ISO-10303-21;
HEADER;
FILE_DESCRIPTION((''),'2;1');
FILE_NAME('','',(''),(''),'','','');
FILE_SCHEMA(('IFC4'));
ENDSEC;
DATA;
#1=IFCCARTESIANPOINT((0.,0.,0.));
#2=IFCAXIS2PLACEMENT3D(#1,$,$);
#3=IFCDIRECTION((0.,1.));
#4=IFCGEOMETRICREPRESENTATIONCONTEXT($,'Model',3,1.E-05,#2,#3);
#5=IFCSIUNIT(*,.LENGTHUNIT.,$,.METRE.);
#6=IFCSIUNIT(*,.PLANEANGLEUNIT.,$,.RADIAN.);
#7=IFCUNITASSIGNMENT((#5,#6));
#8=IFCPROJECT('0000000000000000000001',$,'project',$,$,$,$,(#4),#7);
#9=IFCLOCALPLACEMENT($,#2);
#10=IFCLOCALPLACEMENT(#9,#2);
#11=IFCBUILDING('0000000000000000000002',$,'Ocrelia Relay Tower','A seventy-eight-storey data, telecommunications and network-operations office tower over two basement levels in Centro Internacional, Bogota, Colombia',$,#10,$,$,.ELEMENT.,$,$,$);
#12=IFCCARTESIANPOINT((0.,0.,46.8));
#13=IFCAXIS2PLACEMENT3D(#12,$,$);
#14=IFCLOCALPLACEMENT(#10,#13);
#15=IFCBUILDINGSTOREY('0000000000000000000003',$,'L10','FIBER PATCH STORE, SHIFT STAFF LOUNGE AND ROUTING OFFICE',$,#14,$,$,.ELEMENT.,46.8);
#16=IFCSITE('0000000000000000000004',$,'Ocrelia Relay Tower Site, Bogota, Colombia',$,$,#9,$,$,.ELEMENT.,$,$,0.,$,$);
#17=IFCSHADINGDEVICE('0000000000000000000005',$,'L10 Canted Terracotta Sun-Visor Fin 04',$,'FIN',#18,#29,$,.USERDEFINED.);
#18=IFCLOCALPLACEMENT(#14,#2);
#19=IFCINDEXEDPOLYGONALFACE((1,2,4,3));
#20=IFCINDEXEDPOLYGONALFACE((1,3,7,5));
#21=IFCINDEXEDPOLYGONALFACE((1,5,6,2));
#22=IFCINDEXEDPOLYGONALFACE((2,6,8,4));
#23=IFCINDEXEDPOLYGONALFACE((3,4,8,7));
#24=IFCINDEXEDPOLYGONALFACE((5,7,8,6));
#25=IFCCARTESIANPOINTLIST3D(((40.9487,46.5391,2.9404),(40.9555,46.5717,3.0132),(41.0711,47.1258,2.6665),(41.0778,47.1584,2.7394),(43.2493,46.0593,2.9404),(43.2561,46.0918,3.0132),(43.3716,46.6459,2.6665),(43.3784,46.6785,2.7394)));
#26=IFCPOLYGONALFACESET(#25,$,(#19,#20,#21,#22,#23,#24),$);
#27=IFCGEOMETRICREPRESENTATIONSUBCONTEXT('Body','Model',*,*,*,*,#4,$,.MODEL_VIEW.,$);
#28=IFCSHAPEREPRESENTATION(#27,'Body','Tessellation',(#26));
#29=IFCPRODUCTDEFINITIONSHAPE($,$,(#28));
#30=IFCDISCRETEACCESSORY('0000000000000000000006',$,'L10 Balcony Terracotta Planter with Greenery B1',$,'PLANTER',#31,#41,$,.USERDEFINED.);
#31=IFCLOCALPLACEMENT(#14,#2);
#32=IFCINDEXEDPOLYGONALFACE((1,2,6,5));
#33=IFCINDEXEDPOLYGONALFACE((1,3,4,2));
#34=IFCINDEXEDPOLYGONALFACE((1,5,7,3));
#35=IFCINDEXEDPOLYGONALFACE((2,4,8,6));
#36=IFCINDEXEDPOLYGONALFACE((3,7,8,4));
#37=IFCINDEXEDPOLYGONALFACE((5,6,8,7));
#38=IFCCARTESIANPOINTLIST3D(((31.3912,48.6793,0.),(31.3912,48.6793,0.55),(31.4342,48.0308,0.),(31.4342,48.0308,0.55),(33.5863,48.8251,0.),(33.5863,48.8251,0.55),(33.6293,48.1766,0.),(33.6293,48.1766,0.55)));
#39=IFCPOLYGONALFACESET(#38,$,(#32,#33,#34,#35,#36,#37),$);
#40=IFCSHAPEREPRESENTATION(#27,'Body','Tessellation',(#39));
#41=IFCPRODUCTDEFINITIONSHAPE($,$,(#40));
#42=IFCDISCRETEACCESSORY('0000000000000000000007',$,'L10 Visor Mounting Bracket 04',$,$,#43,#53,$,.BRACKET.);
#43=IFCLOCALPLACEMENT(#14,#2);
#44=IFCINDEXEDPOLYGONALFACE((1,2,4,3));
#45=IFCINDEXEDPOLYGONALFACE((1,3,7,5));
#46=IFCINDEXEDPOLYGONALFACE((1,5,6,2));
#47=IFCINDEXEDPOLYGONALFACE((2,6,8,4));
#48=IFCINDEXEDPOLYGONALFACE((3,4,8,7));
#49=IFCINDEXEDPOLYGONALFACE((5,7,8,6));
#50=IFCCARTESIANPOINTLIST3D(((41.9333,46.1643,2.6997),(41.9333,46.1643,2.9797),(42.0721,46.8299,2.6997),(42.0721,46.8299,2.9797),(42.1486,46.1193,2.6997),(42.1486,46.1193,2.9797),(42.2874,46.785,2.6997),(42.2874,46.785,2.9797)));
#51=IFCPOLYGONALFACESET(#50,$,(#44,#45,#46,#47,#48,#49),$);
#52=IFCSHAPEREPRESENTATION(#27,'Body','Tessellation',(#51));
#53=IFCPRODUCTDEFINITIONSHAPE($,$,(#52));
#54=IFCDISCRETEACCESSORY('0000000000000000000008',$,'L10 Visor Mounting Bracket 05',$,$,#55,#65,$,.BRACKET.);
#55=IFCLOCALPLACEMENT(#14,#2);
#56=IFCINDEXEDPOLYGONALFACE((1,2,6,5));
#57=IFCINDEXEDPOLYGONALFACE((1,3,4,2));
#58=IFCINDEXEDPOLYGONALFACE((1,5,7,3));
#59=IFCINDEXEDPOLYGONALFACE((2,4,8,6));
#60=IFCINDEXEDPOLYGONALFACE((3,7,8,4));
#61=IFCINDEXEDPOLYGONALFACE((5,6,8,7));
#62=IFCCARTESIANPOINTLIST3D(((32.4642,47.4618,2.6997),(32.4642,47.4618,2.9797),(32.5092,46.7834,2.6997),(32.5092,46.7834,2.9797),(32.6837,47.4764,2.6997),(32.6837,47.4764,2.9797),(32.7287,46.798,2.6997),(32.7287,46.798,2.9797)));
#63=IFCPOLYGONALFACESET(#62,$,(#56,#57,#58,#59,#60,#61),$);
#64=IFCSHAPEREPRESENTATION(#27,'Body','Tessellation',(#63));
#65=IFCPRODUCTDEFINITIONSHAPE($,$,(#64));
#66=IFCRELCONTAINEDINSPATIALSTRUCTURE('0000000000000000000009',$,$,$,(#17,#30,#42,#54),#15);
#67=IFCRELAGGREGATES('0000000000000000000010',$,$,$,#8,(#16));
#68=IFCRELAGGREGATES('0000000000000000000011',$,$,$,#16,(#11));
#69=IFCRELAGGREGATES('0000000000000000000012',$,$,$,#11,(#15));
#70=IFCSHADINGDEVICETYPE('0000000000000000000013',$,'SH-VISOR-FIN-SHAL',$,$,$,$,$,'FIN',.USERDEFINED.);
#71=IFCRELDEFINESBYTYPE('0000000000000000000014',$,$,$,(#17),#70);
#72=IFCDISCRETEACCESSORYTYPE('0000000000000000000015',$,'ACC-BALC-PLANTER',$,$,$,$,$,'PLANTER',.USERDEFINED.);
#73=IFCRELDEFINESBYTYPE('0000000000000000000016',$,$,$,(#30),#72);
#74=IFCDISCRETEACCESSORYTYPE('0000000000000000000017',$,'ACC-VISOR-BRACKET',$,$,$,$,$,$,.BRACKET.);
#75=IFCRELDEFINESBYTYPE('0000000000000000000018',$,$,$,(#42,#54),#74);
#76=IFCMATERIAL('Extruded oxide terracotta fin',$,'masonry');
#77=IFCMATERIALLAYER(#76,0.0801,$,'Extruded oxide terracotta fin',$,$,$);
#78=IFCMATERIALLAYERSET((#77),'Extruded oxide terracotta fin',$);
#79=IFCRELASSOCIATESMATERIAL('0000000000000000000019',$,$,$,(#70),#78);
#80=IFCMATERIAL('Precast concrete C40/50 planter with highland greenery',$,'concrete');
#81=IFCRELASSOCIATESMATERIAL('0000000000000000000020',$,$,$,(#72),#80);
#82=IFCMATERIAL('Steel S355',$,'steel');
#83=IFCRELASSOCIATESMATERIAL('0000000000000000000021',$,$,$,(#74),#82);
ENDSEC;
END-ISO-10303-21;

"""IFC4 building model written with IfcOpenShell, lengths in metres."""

from ifc_helpers import new_model, si_unit, direction, frame, origin, origin_2d, place, context, subcontext, project, spatial, rectangle, extrude, material, layer, layer_set, type_object, element, save


model = new_model("IFC4")

# Units and contexts
model_context = context("Model", 3, precision=1e-05, world=origin(), true_north=direction((0.0, 1.0)))
body_context = subcontext(model_context, "Body", "Model", "MODEL_VIEW")
ifc_project = project(units=[si_unit("LENGTHUNIT", "METRE"), si_unit("PLANEANGLEUNIT", "RADIAN")], contexts=[model_context])

# Site, building, storey
site_placement = place(None, origin())
site = spatial("IfcSite", under=ifc_project, at=site_placement, Name="Ocrelia Relay Tower Site, Bogota, Colombia", CompositionType="ELEMENT", RefElevation=0.0)
building_placement = place(site_placement, origin())
building = spatial("IfcBuilding", under=site, at=building_placement, Name="Ocrelia Relay Tower", Description="A seventy-eight-storey data, telecommunications and network-operations office tower over two basement levels in Centro Internacional, Bogota, Colombia", CompositionType="ELEMENT")
storey_placement = place(building_placement, frame((0.0, 0.0, 46.8)))
storey = spatial("IfcBuildingStorey", under=building, at=storey_placement, Name="L10", Description="FIBER PATCH STORE, SHIFT STAFF LOUNGE AND ROUTING OFFICE", CompositionType="ELEMENT", Elevation=46.8)

# Shared definitions
ifc_material_1 = material(Name="Steel S355", Category="steel")

# Shading device
ifc_material_2 = material(Name="Extruded oxide terracotta fin", Category="masonry")
ifc_layer_1 = layer(ifc_material_2, 0.0801, Name="Extruded oxide terracotta fin")
ifc_layer_set_1 = layer_set([ifc_layer_1], Name="Extruded oxide terracotta fin")
shading_device_type_1 = type_object("IfcShadingDeviceType", Name="SH-VISOR-FIN-SHAL", ElementType="FIN", PredefinedType="USERDEFINED", material=ifc_layer_set_1)
shading_device_1_placement = place(storey_placement, frame((42.1602, 46.5925, 2.8035), z_axis=(0.08487, 0.406889, 0.909527), x_axis=(-0.978932, 0.204189, 0.0)))
element("IfcShadingDevice", 1, at=shading_device_1_placement, inside=storey, type_object=shading_device_type_1, Name="L10 Canted Terracotta Sun-Visor Fin 04", ObjectType="FIN", PredefinedType="USERDEFINED", context=body_context, shape_type="SweptSolid", body=[
    extrude(rectangle(XDim=2.3501, YDim=0.6589, at=origin_2d()), origin(), (0.0, 0.0, 1.0), 0.0801),
])

# Discrete accessories
ifc_material_3 = material(Name="Precast concrete C40/50 planter with highland greenery", Category="concrete")
discrete_accessory_type_1 = type_object("IfcDiscreteAccessoryType", Name="ACC-BALC-PLANTER", ElementType="PLANTER", PredefinedType="USERDEFINED", material=ifc_material_3)
discrete_accessory_placement = place(storey_placement, frame((32.5103, 48.428, 0.0), z_axis=(0.0, 0.0, 1.0), x_axis=(0.997802, 0.066268, 0.0)))
element("IfcDiscreteAccessory", 2, at=discrete_accessory_placement, inside=storey, type_object=discrete_accessory_type_1, Name="L10 Balcony Terracotta Planter with Greenery B1", ObjectType="PLANTER", PredefinedType="USERDEFINED", context=body_context, shape_type="SweptSolid", body=[
    extrude(rectangle(XDim=2.2, YDim=0.6499, at=origin_2d()), origin(), (0.0, 0.0, 1.0), 0.55),
])
discrete_accessory_type_2 = type_object("IfcDiscreteAccessoryType", Name="ACC-VISOR-BRACKET", PredefinedType="BRACKET", material=ifc_material_1)
for number, where, z_axis, x_axis, name in (
    (3, (42.1104, 46.4746, 2.6997), (0.0, 0.0, 1.0), (-0.978932, 0.204189, 0.0), "L10 Visor Mounting Bracket 04"),
    (4, (32.5964, 47.1299, 2.6997), (0.0, 0.0, 1.0), (-0.997802, -0.066267, 0.0), "L10 Visor Mounting Bracket 05"),
):
    element("IfcDiscreteAccessory", number, at=place(storey_placement, frame(where, z_axis=z_axis, x_axis=x_axis)), inside=storey, type_object=discrete_accessory_type_2, Name=name, PredefinedType="BRACKET", context=body_context, shape_type="SweptSolid", body=[
        extrude(rectangle(XDim=0.22, YDim=0.6799, at=origin_2d()), origin(), (0.0, 0.0, 1.0), 0.28),
    ])

save(model, "model.ifc")
